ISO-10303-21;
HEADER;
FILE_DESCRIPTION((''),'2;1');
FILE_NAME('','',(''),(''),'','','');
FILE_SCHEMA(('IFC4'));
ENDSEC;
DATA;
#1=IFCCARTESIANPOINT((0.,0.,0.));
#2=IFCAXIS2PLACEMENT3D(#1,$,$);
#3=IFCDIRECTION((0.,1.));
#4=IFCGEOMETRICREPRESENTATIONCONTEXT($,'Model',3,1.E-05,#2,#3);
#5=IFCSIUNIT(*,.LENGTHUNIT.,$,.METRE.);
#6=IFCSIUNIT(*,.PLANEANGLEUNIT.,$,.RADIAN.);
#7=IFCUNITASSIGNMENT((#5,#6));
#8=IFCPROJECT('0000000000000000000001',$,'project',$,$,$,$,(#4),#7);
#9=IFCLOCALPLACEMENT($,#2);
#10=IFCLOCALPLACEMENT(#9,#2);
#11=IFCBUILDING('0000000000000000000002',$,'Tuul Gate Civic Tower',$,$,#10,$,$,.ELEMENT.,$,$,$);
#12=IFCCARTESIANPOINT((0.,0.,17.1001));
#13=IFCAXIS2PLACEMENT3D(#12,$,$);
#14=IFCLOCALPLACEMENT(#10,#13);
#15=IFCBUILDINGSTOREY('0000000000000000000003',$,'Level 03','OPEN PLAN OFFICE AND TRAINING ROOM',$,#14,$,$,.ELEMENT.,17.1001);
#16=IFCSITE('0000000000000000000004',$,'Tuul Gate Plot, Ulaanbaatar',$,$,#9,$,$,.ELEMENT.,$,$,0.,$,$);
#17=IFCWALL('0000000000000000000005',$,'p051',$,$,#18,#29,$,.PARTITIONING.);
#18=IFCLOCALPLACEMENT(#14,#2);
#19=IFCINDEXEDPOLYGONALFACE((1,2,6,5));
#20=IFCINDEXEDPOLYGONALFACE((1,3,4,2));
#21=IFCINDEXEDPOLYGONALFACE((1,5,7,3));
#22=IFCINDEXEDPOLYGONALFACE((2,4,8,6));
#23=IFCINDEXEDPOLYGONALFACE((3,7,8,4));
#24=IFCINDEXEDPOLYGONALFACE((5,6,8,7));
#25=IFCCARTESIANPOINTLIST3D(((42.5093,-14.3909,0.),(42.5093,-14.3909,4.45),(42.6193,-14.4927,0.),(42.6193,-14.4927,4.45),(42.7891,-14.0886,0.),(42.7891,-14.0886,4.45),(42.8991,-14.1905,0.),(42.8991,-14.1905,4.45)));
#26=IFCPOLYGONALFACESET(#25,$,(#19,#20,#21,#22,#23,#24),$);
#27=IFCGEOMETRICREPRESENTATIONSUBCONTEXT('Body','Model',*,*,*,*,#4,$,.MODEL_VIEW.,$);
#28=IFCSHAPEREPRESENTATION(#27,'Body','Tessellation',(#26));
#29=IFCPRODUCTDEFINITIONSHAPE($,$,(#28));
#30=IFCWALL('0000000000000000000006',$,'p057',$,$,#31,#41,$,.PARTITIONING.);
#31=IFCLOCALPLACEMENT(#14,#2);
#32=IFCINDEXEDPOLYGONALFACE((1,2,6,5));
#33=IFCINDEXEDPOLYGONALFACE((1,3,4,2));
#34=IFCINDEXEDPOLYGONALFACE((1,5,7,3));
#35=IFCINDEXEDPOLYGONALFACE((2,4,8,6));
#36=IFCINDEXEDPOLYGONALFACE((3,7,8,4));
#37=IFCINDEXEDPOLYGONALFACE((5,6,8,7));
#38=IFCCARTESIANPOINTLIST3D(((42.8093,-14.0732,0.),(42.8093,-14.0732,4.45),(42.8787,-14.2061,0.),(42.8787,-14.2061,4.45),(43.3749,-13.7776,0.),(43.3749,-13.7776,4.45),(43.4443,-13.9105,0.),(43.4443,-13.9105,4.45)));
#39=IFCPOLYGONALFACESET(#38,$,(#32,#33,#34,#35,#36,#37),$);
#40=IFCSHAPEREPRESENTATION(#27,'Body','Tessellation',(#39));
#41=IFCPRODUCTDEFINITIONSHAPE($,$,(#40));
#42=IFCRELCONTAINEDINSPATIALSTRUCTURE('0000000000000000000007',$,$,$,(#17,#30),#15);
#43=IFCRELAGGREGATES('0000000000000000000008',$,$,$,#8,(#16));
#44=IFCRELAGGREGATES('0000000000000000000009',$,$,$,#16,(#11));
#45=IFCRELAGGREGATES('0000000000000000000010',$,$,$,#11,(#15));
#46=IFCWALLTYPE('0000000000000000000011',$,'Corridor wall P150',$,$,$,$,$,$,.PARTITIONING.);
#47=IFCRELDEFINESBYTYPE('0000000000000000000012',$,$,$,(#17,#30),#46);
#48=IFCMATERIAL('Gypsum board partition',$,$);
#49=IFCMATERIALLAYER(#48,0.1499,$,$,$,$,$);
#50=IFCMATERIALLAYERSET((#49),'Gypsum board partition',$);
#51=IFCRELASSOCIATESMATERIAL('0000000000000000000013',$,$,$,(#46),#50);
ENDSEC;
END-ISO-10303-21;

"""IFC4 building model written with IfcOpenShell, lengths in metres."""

from ifc_helpers import new_model, si_unit, direction, frame, frame_2d, origin, place, context, subcontext, project, spatial, rectangle, extrude, material, layer, layer_set, type_object, element, save


model = new_model("IFC4")

# Units and contexts
model_context = context("Model", 3, precision=1e-05, world=origin(), true_north=direction((0.0, 1.0)))
body_context = subcontext(model_context, "Body", "Model", "MODEL_VIEW")
ifc_project = project(units=[si_unit("LENGTHUNIT", "METRE"), si_unit("PLANEANGLEUNIT", "RADIAN")], contexts=[model_context])

# Site, building, storey
site_placement = place(None, origin())
site = spatial("IfcSite", under=ifc_project, at=site_placement, Name="Tuul Gate Plot, Ulaanbaatar", CompositionType="ELEMENT", RefElevation=0.0)
building_placement = place(site_placement, origin())
building = spatial("IfcBuilding", under=site, at=building_placement, Name="Tuul Gate Civic Tower", CompositionType="ELEMENT")
storey_placement = place(building_placement, frame((0.0, 0.0, 17.1001)))
storey = spatial("IfcBuildingStorey", under=building, at=storey_placement, Name="Level 03", Description="OPEN PLAN OFFICE AND TRAINING ROOM", CompositionType="ELEMENT", Elevation=17.1001)

# Walls
ifc_material_1 = material(Name="Gypsum board partition")
ifc_layer_1 = layer(ifc_material_1, 0.1499)
ifc_layer_set_1 = layer_set([ifc_layer_1], Name="Gypsum board partition")
wall_type_1 = type_object("IfcWallType", Name="Corridor wall P150", PredefinedType="PARTITIONING", material=ifc_layer_set_1)
wall_1_placement = place(storey_placement, frame((42.5642, -14.4419, 0.0), z_axis=(0.0, 0.0, 1.0), x_axis=(0.679313, 0.733848, 0.0)))
element("IfcWall", 1, at=wall_1_placement, inside=storey, type_object=wall_type_1, Name="p051", PredefinedType="PARTITIONING", context=body_context, shape_type="SweptSolid", body=[
    extrude(rectangle(XDim=0.4119, YDim=0.1499, at=frame_2d((0.2061, 0.0))), origin(), (0.0, 0.0, 1.0), 4.45),
])
wall_2_placement = place(storey_placement, frame((42.844, -14.1396, 0.0), z_axis=(0.0, 0.0, 1.0), x_axis=(0.88625, 0.463206, 0.0)))
element("IfcWall", 2, at=wall_2_placement, inside=storey, type_object=wall_type_1, Name="p057", PredefinedType="PARTITIONING", context=body_context, shape_type="SweptSolid", body=[
    extrude(rectangle(XDim=0.6382, YDim=0.1499, at=frame_2d((0.3191, 0.0))), origin(), (0.0, 0.0, 1.0), 4.45),
])

save(model, "model.ifc")
